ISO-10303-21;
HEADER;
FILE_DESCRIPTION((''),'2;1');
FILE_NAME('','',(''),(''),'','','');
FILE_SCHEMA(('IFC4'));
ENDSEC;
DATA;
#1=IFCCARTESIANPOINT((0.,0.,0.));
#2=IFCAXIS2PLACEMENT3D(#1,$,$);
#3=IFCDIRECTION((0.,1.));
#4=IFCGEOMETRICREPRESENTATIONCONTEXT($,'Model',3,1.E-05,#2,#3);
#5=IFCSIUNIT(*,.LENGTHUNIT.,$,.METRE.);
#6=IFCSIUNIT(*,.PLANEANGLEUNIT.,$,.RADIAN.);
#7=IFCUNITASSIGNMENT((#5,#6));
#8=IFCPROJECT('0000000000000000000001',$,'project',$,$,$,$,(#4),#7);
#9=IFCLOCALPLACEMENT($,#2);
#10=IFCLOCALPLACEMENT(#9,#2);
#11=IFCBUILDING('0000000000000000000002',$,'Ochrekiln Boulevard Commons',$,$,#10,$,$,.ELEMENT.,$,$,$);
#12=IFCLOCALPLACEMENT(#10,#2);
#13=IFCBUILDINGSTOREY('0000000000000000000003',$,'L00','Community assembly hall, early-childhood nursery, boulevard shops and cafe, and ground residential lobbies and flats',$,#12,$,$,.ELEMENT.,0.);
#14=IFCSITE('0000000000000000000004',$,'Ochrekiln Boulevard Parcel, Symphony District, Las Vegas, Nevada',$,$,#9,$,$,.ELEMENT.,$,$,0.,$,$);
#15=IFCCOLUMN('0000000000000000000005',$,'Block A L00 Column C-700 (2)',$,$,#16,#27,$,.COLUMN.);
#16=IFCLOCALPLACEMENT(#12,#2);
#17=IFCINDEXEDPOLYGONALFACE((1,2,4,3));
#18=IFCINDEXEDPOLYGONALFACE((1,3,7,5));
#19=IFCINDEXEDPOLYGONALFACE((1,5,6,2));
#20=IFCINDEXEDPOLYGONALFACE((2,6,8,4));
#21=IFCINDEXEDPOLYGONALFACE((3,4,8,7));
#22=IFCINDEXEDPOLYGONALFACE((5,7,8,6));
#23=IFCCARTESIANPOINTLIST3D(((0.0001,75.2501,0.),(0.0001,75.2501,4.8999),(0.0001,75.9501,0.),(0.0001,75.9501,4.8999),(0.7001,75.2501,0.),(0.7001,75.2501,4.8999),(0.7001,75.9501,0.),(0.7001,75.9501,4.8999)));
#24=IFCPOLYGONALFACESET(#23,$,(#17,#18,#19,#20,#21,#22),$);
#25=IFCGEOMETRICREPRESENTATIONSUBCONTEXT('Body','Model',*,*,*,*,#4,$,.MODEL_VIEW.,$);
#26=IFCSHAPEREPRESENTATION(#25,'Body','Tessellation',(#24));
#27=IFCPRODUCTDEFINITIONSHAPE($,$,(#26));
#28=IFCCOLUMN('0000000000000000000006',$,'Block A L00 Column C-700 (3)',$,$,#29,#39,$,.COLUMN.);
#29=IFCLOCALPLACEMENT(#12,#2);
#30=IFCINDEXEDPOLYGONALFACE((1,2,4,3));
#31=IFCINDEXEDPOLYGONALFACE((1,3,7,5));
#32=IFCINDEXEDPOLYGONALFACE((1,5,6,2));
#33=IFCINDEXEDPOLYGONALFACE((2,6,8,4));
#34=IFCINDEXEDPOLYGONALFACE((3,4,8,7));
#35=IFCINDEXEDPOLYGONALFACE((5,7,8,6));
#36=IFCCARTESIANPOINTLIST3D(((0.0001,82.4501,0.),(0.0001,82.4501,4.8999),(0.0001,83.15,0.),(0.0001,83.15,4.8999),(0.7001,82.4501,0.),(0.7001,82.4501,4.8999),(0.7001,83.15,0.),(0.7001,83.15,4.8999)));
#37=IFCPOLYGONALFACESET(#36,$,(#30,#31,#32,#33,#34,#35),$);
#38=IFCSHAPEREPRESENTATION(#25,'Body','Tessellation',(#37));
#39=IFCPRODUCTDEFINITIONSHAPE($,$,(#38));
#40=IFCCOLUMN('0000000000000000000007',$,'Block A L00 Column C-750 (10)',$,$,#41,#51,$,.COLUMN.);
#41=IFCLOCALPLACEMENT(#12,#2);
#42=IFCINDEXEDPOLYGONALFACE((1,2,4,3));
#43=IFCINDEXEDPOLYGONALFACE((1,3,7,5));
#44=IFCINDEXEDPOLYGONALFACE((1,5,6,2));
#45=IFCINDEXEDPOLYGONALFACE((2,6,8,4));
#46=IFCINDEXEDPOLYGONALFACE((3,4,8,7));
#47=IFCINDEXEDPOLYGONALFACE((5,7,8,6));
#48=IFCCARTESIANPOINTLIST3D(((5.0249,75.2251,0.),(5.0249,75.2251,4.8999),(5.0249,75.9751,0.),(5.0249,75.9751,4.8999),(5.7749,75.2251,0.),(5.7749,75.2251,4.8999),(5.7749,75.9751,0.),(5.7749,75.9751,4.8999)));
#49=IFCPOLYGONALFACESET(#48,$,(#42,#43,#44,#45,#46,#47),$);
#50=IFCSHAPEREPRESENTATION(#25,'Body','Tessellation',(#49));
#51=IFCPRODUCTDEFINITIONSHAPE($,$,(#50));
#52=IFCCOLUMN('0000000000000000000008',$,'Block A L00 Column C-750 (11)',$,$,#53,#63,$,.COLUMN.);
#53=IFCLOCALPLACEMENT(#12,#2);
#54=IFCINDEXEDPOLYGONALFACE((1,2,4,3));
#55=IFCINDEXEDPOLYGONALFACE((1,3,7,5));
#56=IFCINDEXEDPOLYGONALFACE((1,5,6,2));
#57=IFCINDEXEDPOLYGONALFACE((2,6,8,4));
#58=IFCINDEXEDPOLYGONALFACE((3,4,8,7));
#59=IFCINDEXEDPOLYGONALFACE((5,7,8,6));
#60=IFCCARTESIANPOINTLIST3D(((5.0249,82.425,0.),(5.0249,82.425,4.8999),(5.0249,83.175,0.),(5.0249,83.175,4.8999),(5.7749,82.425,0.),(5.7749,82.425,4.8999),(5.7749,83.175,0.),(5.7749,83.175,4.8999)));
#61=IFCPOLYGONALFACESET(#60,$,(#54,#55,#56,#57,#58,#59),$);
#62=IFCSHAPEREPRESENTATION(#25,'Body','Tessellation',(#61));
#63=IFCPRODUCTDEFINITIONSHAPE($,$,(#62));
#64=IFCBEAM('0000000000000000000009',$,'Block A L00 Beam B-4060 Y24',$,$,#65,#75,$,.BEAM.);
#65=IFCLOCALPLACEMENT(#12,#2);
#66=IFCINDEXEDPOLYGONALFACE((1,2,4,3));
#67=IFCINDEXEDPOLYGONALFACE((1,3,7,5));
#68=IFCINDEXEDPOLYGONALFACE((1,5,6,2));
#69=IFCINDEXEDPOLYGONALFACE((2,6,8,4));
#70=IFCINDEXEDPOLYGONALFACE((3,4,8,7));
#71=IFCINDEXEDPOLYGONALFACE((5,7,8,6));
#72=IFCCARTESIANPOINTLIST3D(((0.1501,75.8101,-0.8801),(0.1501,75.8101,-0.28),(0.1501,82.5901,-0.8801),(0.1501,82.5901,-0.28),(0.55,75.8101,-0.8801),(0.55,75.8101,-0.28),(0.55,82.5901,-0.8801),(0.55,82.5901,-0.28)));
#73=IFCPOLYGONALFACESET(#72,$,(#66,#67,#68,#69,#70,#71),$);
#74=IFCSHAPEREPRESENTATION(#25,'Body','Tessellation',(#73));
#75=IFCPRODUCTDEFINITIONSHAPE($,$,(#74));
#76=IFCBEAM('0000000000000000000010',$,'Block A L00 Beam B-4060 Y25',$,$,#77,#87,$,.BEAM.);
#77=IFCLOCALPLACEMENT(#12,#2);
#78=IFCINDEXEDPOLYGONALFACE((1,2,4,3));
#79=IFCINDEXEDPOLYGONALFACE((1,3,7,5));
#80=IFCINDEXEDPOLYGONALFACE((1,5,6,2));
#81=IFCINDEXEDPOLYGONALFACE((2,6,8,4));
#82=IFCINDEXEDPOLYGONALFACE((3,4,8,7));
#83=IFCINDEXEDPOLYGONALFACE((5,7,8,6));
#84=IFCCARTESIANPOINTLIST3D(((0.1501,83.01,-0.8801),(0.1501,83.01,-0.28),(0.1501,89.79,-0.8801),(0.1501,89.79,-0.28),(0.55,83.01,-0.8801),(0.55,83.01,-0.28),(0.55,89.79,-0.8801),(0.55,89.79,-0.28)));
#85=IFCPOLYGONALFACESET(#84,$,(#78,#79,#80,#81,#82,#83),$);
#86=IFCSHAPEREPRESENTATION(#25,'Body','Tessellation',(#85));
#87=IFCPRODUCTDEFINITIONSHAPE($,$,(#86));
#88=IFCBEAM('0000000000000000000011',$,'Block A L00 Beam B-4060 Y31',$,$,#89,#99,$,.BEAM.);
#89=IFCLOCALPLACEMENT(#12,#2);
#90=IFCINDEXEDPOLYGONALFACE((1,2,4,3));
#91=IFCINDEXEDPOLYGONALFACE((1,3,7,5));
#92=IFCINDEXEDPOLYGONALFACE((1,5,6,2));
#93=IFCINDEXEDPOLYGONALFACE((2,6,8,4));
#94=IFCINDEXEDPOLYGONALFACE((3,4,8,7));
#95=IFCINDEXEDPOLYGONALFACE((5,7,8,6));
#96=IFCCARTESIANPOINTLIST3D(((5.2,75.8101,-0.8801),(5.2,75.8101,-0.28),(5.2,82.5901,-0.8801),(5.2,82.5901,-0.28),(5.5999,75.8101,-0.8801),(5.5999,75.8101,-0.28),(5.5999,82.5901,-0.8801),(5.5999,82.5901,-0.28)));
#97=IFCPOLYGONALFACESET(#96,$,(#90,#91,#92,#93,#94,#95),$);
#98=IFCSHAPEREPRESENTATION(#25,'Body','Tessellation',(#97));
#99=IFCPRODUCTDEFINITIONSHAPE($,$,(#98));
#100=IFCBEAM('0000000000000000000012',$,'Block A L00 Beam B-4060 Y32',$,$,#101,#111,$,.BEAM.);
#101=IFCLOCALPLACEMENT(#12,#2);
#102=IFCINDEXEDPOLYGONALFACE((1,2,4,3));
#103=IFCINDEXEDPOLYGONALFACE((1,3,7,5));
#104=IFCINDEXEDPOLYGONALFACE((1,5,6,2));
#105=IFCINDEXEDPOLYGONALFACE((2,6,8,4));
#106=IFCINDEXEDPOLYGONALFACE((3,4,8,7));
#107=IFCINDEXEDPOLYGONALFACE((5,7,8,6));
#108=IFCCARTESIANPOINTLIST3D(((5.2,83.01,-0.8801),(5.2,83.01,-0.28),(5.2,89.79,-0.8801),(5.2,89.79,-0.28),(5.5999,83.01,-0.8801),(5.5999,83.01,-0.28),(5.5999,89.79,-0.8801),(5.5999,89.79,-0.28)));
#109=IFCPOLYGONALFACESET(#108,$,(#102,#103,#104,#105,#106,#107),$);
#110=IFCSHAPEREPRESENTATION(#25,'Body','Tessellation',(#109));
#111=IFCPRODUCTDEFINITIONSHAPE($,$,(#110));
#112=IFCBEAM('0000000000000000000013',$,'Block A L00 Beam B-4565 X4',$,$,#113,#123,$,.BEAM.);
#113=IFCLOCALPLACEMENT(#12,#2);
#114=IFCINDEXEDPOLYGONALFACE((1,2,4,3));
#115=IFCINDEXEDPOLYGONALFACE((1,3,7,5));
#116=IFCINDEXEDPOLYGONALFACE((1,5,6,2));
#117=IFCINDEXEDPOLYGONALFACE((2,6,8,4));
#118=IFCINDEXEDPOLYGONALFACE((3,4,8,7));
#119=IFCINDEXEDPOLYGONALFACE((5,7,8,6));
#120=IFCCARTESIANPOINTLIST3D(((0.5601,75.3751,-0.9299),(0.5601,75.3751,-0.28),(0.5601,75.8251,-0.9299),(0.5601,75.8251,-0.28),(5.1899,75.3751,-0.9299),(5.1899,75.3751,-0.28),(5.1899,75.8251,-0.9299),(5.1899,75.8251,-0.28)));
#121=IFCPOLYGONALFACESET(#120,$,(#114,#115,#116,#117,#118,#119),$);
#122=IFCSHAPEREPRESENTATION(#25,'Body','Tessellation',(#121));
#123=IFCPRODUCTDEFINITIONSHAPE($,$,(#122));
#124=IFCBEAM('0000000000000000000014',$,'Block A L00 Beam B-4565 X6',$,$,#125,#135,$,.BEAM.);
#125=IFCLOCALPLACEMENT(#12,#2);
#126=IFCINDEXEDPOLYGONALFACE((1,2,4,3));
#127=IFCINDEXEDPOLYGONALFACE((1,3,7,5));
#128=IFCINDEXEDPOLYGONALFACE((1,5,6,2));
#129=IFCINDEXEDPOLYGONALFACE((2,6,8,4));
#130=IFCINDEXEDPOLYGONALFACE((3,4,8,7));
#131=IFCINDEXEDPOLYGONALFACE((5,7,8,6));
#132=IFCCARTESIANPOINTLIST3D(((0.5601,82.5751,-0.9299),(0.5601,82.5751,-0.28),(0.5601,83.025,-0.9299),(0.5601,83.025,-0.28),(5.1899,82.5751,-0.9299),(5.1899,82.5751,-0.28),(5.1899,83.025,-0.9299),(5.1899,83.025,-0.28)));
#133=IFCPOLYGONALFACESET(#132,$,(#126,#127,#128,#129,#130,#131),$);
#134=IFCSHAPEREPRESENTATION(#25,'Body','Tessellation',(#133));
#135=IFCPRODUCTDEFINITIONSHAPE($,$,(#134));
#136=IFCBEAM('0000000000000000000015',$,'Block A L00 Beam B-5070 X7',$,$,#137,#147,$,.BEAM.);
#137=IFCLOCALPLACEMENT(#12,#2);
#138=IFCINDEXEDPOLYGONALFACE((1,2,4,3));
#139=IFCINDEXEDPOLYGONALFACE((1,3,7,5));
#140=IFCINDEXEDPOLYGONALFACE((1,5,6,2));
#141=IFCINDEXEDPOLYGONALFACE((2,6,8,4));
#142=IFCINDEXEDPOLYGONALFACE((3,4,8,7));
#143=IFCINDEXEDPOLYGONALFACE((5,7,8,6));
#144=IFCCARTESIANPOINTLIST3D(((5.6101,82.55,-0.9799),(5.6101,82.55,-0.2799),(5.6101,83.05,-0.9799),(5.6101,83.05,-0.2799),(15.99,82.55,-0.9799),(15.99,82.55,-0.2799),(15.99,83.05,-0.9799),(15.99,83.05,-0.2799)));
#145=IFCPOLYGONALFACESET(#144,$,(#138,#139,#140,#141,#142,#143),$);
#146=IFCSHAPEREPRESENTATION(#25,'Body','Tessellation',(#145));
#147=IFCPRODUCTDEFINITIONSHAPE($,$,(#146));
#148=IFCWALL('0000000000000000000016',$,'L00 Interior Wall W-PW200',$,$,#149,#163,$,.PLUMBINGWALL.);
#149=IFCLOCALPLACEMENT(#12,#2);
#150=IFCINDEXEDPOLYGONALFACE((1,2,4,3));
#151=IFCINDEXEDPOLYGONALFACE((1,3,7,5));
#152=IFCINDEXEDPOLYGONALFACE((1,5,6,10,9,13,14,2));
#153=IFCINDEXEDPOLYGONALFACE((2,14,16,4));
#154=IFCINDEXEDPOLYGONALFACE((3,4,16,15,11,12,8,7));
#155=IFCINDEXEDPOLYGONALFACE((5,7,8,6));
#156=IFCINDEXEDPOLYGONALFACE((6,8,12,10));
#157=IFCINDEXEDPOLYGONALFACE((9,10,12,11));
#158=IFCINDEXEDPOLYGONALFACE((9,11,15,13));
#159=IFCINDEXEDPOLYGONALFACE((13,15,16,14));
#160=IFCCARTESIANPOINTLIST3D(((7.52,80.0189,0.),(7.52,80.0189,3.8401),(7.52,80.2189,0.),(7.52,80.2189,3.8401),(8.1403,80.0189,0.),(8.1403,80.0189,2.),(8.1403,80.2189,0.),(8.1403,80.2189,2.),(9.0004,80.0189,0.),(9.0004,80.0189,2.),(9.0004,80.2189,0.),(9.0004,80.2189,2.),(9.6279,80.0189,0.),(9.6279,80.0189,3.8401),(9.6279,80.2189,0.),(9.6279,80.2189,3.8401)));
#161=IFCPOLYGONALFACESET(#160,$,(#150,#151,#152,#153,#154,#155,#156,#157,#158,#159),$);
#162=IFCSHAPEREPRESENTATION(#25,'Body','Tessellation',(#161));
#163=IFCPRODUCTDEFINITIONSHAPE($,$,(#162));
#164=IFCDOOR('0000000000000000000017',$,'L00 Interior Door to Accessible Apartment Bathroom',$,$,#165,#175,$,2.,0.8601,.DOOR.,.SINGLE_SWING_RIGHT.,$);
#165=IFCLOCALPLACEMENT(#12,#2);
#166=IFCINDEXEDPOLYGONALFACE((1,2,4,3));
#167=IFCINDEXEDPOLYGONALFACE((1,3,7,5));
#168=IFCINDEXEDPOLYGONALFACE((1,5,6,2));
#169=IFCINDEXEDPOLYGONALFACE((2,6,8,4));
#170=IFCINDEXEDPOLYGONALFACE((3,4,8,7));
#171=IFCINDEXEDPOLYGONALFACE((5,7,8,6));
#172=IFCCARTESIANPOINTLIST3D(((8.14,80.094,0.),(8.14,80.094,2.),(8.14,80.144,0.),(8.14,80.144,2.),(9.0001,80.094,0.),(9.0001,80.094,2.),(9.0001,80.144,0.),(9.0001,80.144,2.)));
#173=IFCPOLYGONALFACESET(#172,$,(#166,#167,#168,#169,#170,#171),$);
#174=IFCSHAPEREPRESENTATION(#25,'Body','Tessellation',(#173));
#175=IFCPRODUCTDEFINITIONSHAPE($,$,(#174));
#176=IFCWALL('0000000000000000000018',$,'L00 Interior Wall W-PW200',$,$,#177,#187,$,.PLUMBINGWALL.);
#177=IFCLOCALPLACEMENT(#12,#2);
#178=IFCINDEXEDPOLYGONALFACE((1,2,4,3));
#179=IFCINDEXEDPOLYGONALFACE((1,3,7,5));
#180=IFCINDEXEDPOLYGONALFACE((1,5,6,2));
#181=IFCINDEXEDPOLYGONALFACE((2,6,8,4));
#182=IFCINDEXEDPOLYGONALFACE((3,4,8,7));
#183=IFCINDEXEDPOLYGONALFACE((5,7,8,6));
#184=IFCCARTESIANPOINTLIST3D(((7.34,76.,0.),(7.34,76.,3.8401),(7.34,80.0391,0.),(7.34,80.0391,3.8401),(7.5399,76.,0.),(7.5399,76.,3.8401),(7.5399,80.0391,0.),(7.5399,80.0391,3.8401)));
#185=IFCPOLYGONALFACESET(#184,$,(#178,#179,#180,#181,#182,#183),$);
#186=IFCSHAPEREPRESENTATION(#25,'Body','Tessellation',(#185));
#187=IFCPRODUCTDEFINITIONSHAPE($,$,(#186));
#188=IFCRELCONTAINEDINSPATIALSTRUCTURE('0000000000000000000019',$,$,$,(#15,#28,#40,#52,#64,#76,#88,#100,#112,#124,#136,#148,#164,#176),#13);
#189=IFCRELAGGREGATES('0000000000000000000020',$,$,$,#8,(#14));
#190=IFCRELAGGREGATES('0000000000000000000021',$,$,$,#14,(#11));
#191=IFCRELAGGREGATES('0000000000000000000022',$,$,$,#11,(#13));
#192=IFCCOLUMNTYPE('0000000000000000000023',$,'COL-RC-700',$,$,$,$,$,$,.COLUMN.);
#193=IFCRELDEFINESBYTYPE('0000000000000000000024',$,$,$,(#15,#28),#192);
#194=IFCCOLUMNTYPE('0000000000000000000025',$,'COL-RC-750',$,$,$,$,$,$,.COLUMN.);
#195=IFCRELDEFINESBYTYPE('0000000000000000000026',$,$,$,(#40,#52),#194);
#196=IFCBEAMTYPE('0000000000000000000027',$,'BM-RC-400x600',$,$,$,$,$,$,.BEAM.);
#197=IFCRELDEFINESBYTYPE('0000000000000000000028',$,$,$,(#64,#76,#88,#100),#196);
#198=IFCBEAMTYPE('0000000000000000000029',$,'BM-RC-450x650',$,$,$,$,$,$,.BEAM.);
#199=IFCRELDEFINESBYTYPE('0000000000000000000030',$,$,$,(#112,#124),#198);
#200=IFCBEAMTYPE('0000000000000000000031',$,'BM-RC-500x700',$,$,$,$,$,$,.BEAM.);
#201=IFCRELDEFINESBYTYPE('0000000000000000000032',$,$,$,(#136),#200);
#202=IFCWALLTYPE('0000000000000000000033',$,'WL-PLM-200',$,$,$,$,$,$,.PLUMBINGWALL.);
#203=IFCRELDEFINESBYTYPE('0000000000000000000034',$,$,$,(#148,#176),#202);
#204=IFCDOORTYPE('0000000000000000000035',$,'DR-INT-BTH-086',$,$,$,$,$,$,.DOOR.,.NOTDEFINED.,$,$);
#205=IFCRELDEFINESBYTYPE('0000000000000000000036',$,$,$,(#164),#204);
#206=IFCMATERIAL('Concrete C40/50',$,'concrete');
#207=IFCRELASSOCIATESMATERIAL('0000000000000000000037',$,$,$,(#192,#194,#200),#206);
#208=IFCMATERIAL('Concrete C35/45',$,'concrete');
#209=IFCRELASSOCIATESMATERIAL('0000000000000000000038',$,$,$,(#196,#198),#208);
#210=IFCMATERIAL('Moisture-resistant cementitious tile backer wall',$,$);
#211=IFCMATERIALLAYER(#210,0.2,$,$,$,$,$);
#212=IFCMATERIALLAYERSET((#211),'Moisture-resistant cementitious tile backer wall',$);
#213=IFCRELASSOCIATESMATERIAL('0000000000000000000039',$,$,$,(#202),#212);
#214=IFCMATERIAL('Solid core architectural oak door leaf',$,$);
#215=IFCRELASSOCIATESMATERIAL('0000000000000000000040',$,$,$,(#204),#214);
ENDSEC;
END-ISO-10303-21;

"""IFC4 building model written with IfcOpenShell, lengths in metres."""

from ifc_helpers import new_model, si_unit, direction, frame, frame_2d, origin, origin_2d, place, context, subcontext, project, spatial, rectangle, extrude, material, layer, layer_set, material_profile, profile_set, type_object, element, fill, save


model = new_model("IFC4")

# Units and contexts
model_context = context("Model", 3, precision=1e-05, world=origin(), true_north=direction((0.0, 1.0)))
body_context = subcontext(model_context, "Body", "Model", "MODEL_VIEW")
ifc_project = project(units=[si_unit("LENGTHUNIT", "METRE"), si_unit("PLANEANGLEUNIT", "RADIAN")], contexts=[model_context])

# Site, building, storey
site_placement = place(None, origin())
site = spatial("IfcSite", under=ifc_project, at=site_placement, Name="Ochrekiln Boulevard Parcel, Symphony District, Las Vegas, Nevada", CompositionType="ELEMENT", RefElevation=0.0)
building_placement = place(site_placement, origin())
building = spatial("IfcBuilding", under=site, at=building_placement, Name="Ochrekiln Boulevard Commons", CompositionType="ELEMENT")
storey_placement = place(building_placement, origin())
storey = spatial("IfcBuildingStorey", under=building, at=storey_placement, Name="L00", Description="Community assembly hall, early-childhood nursery, boulevard shops and cafe, and ground residential lobbies and flats", CompositionType="ELEMENT", Elevation=0.0)

# Columns
ifc_material_1 = material(Name="Concrete C40/50", Category="concrete")
ifc_material_profile_1 = material_profile(ifc_material_1, rectangle(XDim=0.7, YDim=0.7, at=origin_2d()), Name="RC-COL-700x700")
ifc_profile_set_1 = profile_set([ifc_material_profile_1], Name="Concrete C40/50")
column_type_1 = type_object("IfcColumnType", Name="COL-RC-700", PredefinedType="COLUMN", material=ifc_profile_set_1)
for number, where, z_axis, x_axis, name in (
    (1, (0.3501, 75.6001, 0.0), (0.0, 0.0, 1.0), (1.0, 0.0, 0.0), "Block A L00 Column C-700 (2)"),
    (2, (0.3501, 82.8, 0.0), (0.0, 0.0, 1.0), (1.0, 0.0, 0.0), "Block A L00 Column C-700 (3)"),
):
    element("IfcColumn", number, at=place(storey_placement, frame(where, z_axis=z_axis, x_axis=x_axis)), inside=storey, type_object=column_type_1, Name=name, PredefinedType="COLUMN", context=body_context, shape_type="SweptSolid", body=[
        extrude(rectangle(XDim=0.7, YDim=0.7, at=origin_2d()), origin(), (0.0, 0.0, 1.0), 4.8999),
    ])
ifc_material_profile_2 = material_profile(ifc_material_1, rectangle(XDim=0.75, YDim=0.75, at=origin_2d()), Name="RC-COL-750x750")
ifc_profile_set_2 = profile_set([ifc_material_profile_2], Name="Concrete C40/50")
column_type_2 = type_object("IfcColumnType", Name="COL-RC-750", PredefinedType="COLUMN", material=ifc_profile_set_2)
for number, where, z_axis, x_axis, name in (
    (3, (5.3999, 75.6001, 0.0), (0.0, 0.0, 1.0), (1.0, 0.0, 0.0), "Block A L00 Column C-750 (10)"),
    (4, (5.3999, 82.8, 0.0), (0.0, 0.0, 1.0), (1.0, 0.0, 0.0), "Block A L00 Column C-750 (11)"),
):
    element("IfcColumn", number, at=place(storey_placement, frame(where, z_axis=z_axis, x_axis=x_axis)), inside=storey, type_object=column_type_2, Name=name, PredefinedType="COLUMN", context=body_context, shape_type="SweptSolid", body=[
        extrude(rectangle(XDim=0.75, YDim=0.75, at=origin_2d()), origin(), (0.0, 0.0, 1.0), 4.8999),
    ])

# Beams
ifc_material_2 = material(Name="Concrete C35/45", Category="concrete")
ifc_material_profile_3 = material_profile(ifc_material_2, rectangle(XDim=0.3999, YDim=0.6001, at=origin_2d()), Name="RC-BM-400x600")
ifc_profile_set_3 = profile_set([ifc_material_profile_3], Name="Concrete C35/45")
beam_type_1 = type_object("IfcBeamType", Name="BM-RC-400x600", PredefinedType="BEAM", material=ifc_profile_set_3)
for number, where, z_axis, x_axis, name in (
    (5, (0.3501, 75.8101, -0.5801), (0.0, 1.0, 0.0), (-1.0, 0.0, 0.0), "Block A L00 Beam B-4060 Y24"),
    (6, (0.3501, 83.01, -0.5801), (0.0, 1.0, 0.0), (-1.0, 0.0, 0.0), "Block A L00 Beam B-4060 Y25"),
    (7, (5.3999, 75.8101, -0.5801), (0.0, 1.0, 0.0), (-1.0, 0.0, 0.0), "Block A L00 Beam B-4060 Y31"),
    (8, (5.3999, 83.01, -0.5801), (0.0, 1.0, 0.0), (-1.0, 0.0, 0.0), "Block A L00 Beam B-4060 Y32"),
):
    element("IfcBeam", number, at=place(storey_placement, frame(where, z_axis=z_axis, x_axis=x_axis)), inside=storey, type_object=beam_type_1, Name=name, PredefinedType="BEAM", context=body_context, shape_type="SweptSolid", body=[
        extrude(rectangle(XDim=0.3999, YDim=0.6001, at=origin_2d()), origin(), (0.0, 0.0, 1.0), 6.78),
    ])
ifc_material_profile_4 = material_profile(ifc_material_2, rectangle(XDim=0.45, YDim=0.6499, at=origin_2d()), Name="RC-BM-450x650")
ifc_profile_set_4 = profile_set([ifc_material_profile_4], Name="Concrete C35/45")
beam_type_2 = type_object("IfcBeamType", Name="BM-RC-450x650", PredefinedType="BEAM", material=ifc_profile_set_4)
for number, where, z_axis, x_axis, name in (
    (9, (0.5601, 75.6001, -0.605), (1.0, 0.0, 0.0), (0.0, 1.0, 0.0), "Block A L00 Beam B-4565 X4"),
    (10, (0.5601, 82.8, -0.605), (1.0, 0.0, 0.0), (0.0, 1.0, 0.0), "Block A L00 Beam B-4565 X6"),
):
    element("IfcBeam", number, at=place(storey_placement, frame(where, z_axis=z_axis, x_axis=x_axis)), inside=storey, type_object=beam_type_2, Name=name, PredefinedType="BEAM", context=body_context, shape_type="SweptSolid", body=[
        extrude(rectangle(XDim=0.45, YDim=0.6499, at=origin_2d()), origin(), (0.0, 0.0, 1.0), 4.6299),
    ])
ifc_material_profile_5 = material_profile(ifc_material_1, rectangle(XDim=0.5, YDim=0.7, at=origin_2d()), Name="RC-BM-500x700")
ifc_profile_set_5 = profile_set([ifc_material_profile_5], Name="Concrete C40/50")
beam_type_3 = type_object("IfcBeamType", Name="BM-RC-500x700", PredefinedType="BEAM", material=ifc_profile_set_5)
beam_placement = place(storey_placement, frame((5.6101, 82.8, -0.6299), z_axis=(1.0, 0.0, 0.0), x_axis=(0.0, 1.0, 0.0)))
element("IfcBeam", 11, at=beam_placement, inside=storey, type_object=beam_type_3, Name="Block A L00 Beam B-5070 X7", PredefinedType="BEAM", context=body_context, shape_type="SweptSolid", body=[
    extrude(rectangle(XDim=0.5, YDim=0.7, at=origin_2d()), origin(), (0.0, 0.0, 1.0), 10.3799),
])

# Wall, opening, door
ifc_material_3 = material(Name="Moisture-resistant cementitious tile backer wall")
ifc_layer_1 = layer(ifc_material_3, 0.2)
ifc_layer_set_1 = layer_set([ifc_layer_1], Name="Moisture-resistant cementitious tile backer wall")
wall_type_1 = type_object("IfcWallType", Name="WL-PLM-200", PredefinedType="PLUMBINGWALL", material=ifc_layer_set_1)
wall_1_placement = place(storey_placement, frame((7.52, 80.1189, 0.0), z_axis=(0.0, 0.0, 1.0), x_axis=(1.0, 0.0, 0.0)))
wall_1 = element("IfcWall", 12, at=wall_1_placement, inside=storey, type_object=wall_type_1, Name="L00 Interior Wall W-PW200", PredefinedType="PLUMBINGWALL", context=body_context, shape_type="SweptSolid", body=[
    extrude(rectangle(XDim=2.1079, YDim=0.2, at=frame_2d((1.054, 0.0))), origin(), (0.0, 0.0, 1.0), 3.8401),
])
opening_1_placement = place(wall_1_placement, frame((0.6201, 0.0, 0.0)))
opening_1 = element("IfcOpeningElement", 13, at=opening_1_placement, cuts=wall_1, PredefinedType="OPENING", context=body_context, shape_type="SweptSolid", body=[
    extrude(rectangle(XDim=0.8601, YDim=2.0, at=frame_2d((0.4302, 1.0))), frame((0.0, 0.1099, 0.0), z_axis=(0.0, -1.0, 0.0), x_axis=(1.0, 0.0, 0.0)), (0.0, 0.0, 1.0), 0.22),
])
ifc_material_4 = material(Name="Solid core architectural oak door leaf")
door_type_1 = type_object("IfcDoorType", Name="DR-INT-BTH-086", OperationType="NOTDEFINED", PredefinedType="DOOR", material=ifc_material_4)
door_1_placement = place(opening_1_placement, frame((0.8601, 0.0, 0.0), z_axis=(0.0, 0.0, 1.0), x_axis=(-1.0, 0.0, 0.0)))
door_1 = element("IfcDoor", 14, at=door_1_placement, inside=storey, type_object=door_type_1, Name="L00 Interior Door to Accessible Apartment Bathroom", OperationType="SINGLE_SWING_RIGHT", OverallHeight=2.0, OverallWidth=0.8601, PredefinedType="DOOR", context=body_context, shape_type="SweptSolid", body=[
    extrude(rectangle(XDim=0.8601, YDim=2.0, at=frame_2d((0.4302, 1.0))), frame((0.0, 0.0249, 0.0), z_axis=(0.0, -1.0, 0.0), x_axis=(1.0, 0.0, 0.0)), (0.0, 0.0, 1.0), 0.05),
])
fill(opening_1, door_1)

# Wall
wall_2_placement = place(storey_placement, frame((7.4399, 76.0, 0.0), z_axis=(0.0, 0.0, 1.0), x_axis=(0.0, 1.0, 0.0)))
element("IfcWall", 15, at=wall_2_placement, inside=storey, type_object=wall_type_1, Name="L00 Interior Wall W-PW200", PredefinedType="PLUMBINGWALL", context=body_context, shape_type="SweptSolid", body=[
    extrude(rectangle(XDim=4.0391, YDim=0.2, at=frame_2d((2.0195, 0.0))), origin(), (0.0, 0.0, 1.0), 3.8401),
])

save(model, "model.ifc")
